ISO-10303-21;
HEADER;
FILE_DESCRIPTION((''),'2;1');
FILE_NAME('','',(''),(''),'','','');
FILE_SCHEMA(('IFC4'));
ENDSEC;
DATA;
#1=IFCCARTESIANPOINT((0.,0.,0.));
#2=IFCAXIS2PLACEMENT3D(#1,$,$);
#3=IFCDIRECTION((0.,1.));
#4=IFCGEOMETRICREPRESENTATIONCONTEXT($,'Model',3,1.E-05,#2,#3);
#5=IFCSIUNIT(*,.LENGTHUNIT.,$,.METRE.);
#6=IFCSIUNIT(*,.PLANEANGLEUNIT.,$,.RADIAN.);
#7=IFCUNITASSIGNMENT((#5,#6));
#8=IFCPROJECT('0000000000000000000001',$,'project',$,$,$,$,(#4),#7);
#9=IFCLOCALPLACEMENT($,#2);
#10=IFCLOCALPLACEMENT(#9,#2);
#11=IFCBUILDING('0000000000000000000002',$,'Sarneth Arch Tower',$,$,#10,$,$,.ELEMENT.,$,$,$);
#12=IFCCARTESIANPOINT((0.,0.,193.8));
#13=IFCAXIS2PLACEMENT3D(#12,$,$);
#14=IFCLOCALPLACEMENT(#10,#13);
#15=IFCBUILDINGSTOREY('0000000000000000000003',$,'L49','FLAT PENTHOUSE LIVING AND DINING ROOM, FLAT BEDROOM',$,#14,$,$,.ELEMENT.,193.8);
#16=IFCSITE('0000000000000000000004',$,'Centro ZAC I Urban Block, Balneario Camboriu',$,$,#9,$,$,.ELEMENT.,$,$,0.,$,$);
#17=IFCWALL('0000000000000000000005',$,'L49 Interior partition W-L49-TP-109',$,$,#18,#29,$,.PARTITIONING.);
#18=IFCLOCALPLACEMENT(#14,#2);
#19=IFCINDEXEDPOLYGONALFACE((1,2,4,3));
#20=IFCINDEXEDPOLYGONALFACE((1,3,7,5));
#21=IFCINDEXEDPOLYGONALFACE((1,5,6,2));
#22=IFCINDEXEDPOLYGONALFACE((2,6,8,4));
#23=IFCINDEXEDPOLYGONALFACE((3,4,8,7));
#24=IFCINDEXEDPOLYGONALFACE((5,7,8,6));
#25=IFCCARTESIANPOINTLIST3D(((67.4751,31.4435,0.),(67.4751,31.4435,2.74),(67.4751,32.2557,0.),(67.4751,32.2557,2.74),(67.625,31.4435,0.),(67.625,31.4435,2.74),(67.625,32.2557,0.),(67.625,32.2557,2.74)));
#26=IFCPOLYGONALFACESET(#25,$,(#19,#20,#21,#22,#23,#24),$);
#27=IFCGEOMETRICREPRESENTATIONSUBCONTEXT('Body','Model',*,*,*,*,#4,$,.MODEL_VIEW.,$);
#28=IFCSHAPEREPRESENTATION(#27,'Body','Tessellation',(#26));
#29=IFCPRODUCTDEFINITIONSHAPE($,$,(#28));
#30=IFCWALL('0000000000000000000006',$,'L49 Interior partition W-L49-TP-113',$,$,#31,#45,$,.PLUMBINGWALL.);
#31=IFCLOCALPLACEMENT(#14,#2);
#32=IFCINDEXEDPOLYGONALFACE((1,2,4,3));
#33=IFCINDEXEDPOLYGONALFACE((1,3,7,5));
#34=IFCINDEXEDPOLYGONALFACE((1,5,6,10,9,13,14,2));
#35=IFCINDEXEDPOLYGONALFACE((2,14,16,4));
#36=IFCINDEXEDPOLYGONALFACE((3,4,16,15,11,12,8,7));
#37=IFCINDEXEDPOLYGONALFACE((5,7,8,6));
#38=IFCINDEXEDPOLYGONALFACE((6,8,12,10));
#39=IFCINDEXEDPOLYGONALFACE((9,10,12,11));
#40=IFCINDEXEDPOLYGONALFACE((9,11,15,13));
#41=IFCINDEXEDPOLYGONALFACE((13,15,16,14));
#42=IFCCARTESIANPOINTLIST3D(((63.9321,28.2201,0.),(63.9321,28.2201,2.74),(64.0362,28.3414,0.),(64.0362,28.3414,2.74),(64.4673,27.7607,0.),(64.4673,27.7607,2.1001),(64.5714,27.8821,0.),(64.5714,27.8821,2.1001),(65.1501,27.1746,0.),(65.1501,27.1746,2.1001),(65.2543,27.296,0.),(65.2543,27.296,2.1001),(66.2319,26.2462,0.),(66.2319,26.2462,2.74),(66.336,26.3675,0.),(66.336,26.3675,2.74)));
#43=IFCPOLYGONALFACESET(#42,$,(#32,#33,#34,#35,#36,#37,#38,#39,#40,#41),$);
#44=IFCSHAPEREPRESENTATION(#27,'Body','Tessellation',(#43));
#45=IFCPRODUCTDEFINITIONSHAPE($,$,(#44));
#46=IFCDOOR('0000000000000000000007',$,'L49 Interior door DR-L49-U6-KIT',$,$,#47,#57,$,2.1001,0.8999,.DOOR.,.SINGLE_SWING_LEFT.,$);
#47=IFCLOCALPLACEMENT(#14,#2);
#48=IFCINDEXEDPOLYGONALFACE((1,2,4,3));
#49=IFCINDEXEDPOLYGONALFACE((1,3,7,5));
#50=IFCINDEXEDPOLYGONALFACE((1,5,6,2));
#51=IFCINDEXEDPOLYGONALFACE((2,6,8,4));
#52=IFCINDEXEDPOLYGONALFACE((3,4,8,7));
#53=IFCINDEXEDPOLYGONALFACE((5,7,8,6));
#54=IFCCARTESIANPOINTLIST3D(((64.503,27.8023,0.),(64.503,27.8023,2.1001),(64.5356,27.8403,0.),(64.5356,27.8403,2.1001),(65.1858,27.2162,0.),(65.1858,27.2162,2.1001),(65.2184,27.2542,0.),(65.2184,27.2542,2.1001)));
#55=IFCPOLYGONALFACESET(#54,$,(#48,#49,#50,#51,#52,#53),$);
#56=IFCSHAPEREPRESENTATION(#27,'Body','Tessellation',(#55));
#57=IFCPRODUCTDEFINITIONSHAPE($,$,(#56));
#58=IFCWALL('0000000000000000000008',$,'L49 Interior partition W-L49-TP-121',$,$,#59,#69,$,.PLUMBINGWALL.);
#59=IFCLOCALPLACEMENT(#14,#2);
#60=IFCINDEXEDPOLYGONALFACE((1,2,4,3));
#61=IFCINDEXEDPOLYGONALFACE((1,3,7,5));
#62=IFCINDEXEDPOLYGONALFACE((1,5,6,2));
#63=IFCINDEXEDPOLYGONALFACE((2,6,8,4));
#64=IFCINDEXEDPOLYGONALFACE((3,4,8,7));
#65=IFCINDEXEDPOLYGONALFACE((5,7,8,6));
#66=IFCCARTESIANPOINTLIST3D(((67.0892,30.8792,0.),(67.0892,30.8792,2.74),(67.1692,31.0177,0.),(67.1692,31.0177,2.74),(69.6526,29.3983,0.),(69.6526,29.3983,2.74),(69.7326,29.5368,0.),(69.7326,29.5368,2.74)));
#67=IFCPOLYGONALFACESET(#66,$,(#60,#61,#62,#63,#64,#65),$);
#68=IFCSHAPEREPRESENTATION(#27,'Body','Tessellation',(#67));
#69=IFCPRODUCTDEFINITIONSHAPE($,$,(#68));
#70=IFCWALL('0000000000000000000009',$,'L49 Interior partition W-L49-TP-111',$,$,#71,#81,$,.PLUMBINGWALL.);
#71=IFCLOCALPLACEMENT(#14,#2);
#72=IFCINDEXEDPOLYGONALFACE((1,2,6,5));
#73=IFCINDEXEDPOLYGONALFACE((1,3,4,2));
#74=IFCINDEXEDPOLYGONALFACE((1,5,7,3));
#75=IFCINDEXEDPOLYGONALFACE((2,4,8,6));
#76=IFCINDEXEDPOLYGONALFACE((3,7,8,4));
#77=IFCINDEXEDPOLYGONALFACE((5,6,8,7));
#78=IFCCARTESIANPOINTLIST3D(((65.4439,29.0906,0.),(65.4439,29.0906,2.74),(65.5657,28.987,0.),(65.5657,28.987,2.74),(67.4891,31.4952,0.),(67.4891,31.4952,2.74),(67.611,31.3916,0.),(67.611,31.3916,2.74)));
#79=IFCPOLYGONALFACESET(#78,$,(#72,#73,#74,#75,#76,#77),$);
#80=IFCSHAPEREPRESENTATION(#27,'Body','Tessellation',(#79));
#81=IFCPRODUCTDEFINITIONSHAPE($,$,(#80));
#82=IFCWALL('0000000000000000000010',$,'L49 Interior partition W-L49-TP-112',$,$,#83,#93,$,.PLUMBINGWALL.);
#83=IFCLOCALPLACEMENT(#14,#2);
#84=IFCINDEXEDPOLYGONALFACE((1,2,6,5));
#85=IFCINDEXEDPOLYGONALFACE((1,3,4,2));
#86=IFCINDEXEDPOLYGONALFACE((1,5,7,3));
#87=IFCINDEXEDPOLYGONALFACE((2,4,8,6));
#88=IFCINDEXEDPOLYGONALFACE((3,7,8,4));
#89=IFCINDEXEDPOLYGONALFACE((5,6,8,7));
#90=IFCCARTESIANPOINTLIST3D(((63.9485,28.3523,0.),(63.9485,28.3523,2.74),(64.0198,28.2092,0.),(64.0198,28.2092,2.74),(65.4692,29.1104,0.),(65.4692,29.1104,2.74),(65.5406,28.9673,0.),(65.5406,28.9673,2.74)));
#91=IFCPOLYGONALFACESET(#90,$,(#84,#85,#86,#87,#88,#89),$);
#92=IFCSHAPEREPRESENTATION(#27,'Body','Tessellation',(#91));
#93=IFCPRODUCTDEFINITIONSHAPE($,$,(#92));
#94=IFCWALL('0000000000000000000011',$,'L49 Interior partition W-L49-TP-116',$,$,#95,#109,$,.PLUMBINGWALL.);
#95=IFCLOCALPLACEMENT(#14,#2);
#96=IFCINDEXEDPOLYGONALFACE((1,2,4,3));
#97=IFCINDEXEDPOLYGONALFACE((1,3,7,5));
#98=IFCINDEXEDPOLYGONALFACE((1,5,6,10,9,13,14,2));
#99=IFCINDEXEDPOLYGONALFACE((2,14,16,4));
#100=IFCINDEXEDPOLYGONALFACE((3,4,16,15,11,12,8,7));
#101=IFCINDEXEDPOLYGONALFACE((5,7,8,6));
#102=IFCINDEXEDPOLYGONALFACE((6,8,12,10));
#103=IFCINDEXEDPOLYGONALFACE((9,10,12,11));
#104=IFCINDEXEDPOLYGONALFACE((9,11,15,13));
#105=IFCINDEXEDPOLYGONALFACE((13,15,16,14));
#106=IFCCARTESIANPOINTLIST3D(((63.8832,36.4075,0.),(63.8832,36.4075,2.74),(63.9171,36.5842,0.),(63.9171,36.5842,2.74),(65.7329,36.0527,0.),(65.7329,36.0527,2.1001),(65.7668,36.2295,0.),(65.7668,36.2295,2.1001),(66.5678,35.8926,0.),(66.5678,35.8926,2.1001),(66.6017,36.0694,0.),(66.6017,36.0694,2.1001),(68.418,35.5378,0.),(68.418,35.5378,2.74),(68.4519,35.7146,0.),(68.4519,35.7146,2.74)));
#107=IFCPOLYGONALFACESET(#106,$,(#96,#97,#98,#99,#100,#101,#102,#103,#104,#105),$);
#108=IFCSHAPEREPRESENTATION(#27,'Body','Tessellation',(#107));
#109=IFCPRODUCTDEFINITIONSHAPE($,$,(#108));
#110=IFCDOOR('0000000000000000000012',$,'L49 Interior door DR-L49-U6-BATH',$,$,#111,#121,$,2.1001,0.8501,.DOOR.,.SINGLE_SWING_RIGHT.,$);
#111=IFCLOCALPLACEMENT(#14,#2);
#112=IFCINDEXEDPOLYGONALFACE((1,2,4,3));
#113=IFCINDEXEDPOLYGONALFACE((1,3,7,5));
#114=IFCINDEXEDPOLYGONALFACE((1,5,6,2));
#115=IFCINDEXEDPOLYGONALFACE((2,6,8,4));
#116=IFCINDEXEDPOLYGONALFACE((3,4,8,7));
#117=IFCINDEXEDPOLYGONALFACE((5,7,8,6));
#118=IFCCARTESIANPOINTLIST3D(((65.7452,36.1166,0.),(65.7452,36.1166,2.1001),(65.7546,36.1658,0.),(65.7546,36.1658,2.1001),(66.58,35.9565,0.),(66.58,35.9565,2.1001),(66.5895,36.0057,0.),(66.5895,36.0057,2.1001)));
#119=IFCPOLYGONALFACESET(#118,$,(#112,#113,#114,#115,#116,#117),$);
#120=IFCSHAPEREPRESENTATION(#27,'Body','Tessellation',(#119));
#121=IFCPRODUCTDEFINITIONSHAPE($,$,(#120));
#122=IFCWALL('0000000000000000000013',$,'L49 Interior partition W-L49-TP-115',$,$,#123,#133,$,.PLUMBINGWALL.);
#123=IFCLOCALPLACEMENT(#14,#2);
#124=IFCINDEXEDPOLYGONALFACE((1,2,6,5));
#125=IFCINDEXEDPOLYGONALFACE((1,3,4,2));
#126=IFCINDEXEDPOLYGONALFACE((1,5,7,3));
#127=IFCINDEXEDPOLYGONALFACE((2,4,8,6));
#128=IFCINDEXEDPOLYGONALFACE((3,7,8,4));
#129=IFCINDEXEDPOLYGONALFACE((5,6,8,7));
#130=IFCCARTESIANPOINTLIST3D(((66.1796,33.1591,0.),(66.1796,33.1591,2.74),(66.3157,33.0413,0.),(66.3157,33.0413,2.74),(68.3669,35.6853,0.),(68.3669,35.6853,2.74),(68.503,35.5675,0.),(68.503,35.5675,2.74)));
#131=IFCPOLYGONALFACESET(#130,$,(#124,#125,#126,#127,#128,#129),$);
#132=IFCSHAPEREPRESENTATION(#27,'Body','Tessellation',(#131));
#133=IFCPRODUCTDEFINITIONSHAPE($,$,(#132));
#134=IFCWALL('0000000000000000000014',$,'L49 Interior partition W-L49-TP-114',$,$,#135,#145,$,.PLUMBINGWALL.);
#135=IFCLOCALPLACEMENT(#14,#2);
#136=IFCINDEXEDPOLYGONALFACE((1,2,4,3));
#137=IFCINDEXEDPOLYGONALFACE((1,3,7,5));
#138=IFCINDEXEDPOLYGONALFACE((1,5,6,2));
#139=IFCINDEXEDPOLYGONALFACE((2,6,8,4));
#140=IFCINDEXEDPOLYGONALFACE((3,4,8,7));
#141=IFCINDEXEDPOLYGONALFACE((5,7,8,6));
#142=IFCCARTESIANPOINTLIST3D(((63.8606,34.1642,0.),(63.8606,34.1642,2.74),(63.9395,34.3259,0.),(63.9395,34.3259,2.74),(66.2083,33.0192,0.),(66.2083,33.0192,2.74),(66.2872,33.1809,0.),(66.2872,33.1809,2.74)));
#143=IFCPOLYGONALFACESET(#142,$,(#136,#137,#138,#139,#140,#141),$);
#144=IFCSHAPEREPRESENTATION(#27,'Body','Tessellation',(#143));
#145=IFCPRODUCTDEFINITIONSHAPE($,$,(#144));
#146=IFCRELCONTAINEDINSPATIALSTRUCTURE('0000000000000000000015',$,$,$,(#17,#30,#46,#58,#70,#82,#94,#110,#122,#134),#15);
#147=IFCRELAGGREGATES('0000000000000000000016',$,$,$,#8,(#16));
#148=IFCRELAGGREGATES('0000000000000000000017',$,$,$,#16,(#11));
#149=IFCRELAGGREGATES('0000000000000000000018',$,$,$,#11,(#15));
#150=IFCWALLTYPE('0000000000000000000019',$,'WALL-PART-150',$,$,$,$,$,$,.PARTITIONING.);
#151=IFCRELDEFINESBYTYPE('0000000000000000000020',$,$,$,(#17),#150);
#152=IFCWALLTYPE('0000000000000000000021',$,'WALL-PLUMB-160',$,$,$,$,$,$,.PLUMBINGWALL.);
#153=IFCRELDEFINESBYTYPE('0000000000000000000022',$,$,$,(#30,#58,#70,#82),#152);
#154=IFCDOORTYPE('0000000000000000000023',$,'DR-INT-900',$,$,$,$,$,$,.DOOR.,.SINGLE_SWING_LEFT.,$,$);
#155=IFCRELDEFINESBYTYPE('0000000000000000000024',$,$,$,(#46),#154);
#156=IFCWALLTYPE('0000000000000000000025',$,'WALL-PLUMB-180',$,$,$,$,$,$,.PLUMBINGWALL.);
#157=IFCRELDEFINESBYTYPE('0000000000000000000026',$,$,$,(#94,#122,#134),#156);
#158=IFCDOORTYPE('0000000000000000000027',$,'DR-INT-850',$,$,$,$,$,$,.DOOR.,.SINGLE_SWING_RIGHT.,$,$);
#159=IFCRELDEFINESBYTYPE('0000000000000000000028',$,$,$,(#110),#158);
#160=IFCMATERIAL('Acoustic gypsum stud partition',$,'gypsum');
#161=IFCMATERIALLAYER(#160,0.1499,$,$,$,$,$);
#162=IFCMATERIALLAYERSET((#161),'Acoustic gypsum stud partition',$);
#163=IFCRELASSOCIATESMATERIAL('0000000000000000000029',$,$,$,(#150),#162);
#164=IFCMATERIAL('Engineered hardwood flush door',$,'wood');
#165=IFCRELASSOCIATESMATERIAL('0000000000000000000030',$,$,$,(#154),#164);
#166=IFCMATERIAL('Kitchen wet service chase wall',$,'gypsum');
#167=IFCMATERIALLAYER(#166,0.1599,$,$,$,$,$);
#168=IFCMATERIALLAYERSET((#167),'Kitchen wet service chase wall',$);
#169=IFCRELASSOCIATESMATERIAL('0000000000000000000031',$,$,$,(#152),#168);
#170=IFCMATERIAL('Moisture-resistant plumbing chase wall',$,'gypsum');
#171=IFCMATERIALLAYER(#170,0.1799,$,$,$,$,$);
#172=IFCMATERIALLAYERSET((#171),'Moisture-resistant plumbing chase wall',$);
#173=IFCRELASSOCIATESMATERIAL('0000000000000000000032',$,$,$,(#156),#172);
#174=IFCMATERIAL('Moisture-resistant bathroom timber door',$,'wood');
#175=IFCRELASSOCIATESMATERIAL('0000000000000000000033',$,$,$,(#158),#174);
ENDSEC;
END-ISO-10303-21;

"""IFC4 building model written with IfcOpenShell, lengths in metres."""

from ifc_helpers import new_model, si_unit, direction, frame, frame_2d, origin, place, context, subcontext, project, spatial, rectangle, extrude, material, layer, layer_set, type_object, element, fill, save


model = new_model("IFC4")

# Units and contexts
model_context = context("Model", 3, precision=1e-05, world=origin(), true_north=direction((0.0, 1.0)))
body_context = subcontext(model_context, "Body", "Model", "MODEL_VIEW")
ifc_project = project(units=[si_unit("LENGTHUNIT", "METRE"), si_unit("PLANEANGLEUNIT", "RADIAN")], contexts=[model_context])

# Site, building, storey
site_placement = place(None, origin())
site = spatial("IfcSite", under=ifc_project, at=site_placement, Name="Centro ZAC I Urban Block, Balneario Camboriu", CompositionType="ELEMENT", RefElevation=0.0)
building_placement = place(site_placement, origin())
building = spatial("IfcBuilding", under=site, at=building_placement, Name="Sarneth Arch Tower", CompositionType="ELEMENT")
storey_placement = place(building_placement, frame((0.0, 0.0, 193.8)))
storey = spatial("IfcBuildingStorey", under=building, at=storey_placement, Name="L49", Description="FLAT PENTHOUSE LIVING AND DINING ROOM, FLAT BEDROOM", CompositionType="ELEMENT", Elevation=193.8)

# Shared definitions
ifc_material_1 = material(Name="Acoustic gypsum stud partition", Category="gypsum")
ifc_layer_1 = layer(ifc_material_1, 0.1499)
ifc_layer_set_1 = layer_set([ifc_layer_1], Name="Acoustic gypsum stud partition")
wall_type_1 = type_object("IfcWallType", Name="WALL-PART-150", PredefinedType="PARTITIONING", material=ifc_layer_set_1)
ifc_material_2 = material(Name="Engineered hardwood flush door", Category="wood")
door_type_1 = type_object("IfcDoorType", Name="DR-INT-900", OperationType="SINGLE_SWING_LEFT", PredefinedType="DOOR", material=ifc_material_2)

# Wall
wall_1_placement = place(storey_placement, frame((67.55, 31.4434, 0.0), z_axis=(0.0, 0.0, 1.0), x_axis=(0.0, 1.0, 0.0)))
element("IfcWall", 1, at=wall_1_placement, inside=storey, type_object=wall_type_1, Name="L49 Interior partition W-L49-TP-109", PredefinedType="PARTITIONING", context=body_context, shape_type="SweptSolid", body=[
    extrude(rectangle(XDim=0.8123, YDim=0.1499, at=frame_2d((0.4062, 0.0))), origin(), (0.0, 0.0, 1.0), 2.74),
])

# Wall, opening, door
ifc_material_3 = material(Name="Kitchen wet service chase wall", Category="gypsum")
ifc_layer_2 = layer(ifc_material_3, 0.1599)
ifc_layer_set_2 = layer_set([ifc_layer_2], Name="Kitchen wet service chase wall")
wall_type_2 = type_object("IfcWallType", Name="WALL-PLUMB-160", PredefinedType="PLUMBINGWALL", material=ifc_layer_set_2)
wall_2_placement = place(storey_placement, frame((63.9841, 28.2808, 0.0), z_axis=(0.0, 0.0, 1.0), x_axis=(0.75883, -0.651289, 0.0)))
wall_2 = element("IfcWall", 2, at=wall_2_placement, inside=storey, type_object=wall_type_2, Name="L49 Interior partition W-L49-TP-113", PredefinedType="PLUMBINGWALL", context=body_context, shape_type="SweptSolid", body=[
    extrude(rectangle(XDim=3.0308, YDim=0.1599, at=frame_2d((1.5154, 0.0))), origin(), (0.0, 0.0, 1.0), 2.74),
])
opening_1_placement = place(wall_2_placement, frame((0.7053, 0.0, 0.0)))
opening_1 = element("IfcOpeningElement", 3, at=opening_1_placement, cuts=wall_2, PredefinedType="OPENING", context=body_context, shape_type="SweptSolid", body=[
    extrude(rectangle(XDim=0.8999, YDim=2.1001, at=frame_2d((0.45, 1.05))), frame((0.0, 0.0898, 0.0), z_axis=(0.0, -1.0, 0.0), x_axis=(1.0, 0.0, 0.0)), (0.0, 0.0, 1.0), 0.1799),
])
door_1_placement = place(opening_1_placement, origin())
door_1 = element("IfcDoor", 4, at=door_1_placement, inside=storey, type_object=door_type_1, Name="L49 Interior door DR-L49-U6-KIT", OperationType="SINGLE_SWING_LEFT", OverallHeight=2.1001, OverallWidth=0.8999, PredefinedType="DOOR", context=body_context, shape_type="SweptSolid", body=[
    extrude(rectangle(XDim=0.8999, YDim=2.1001, at=frame_2d((0.45, 1.05))), frame((0.0, 0.0249, 0.0), z_axis=(0.0, -1.0, 0.0), x_axis=(1.0, 0.0, 0.0)), (0.0, 0.0, 1.0), 0.05),
])
fill(opening_1, door_1)

# Walls
wall_3_placement = place(storey_placement, frame((69.6926, 29.4675, 0.0), z_axis=(0.0, 0.0, 1.0), x_axis=(-0.865889, 0.500236, 0.0)))
element("IfcWall", 5, at=wall_3_placement, inside=storey, type_object=wall_type_2, Name="L49 Interior partition W-L49-TP-121", PredefinedType="PLUMBINGWALL", context=body_context, shape_type="SweptSolid", body=[
    extrude(rectangle(XDim=2.9604, YDim=0.1599, at=frame_2d((1.4802, 0.0))), origin(), (0.0, 0.0, 1.0), 2.74),
])
wall_4_placement = place(storey_placement, frame((67.55, 31.4434, 0.0), z_axis=(0.0, 0.0, 1.0), x_axis=(-0.647889, -0.761735, 0.0)))
element("IfcWall", 6, at=wall_4_placement, inside=storey, type_object=wall_type_2, Name="L49 Interior partition W-L49-TP-111", PredefinedType="PLUMBINGWALL", context=body_context, shape_type="SweptSolid", body=[
    extrude(rectangle(XDim=3.1567, YDim=0.1599, at=frame_2d((1.5784, 0.0))), origin(), (0.0, 0.0, 1.0), 2.74),
])
wall_5_placement = place(storey_placement, frame((65.5049, 29.0388, 0.0), z_axis=(0.0, 0.0, 1.0), x_axis=(-0.894973, -0.446121, 0.0)))
element("IfcWall", 7, at=wall_5_placement, inside=storey, type_object=wall_type_2, Name="L49 Interior partition W-L49-TP-112", PredefinedType="PLUMBINGWALL", context=body_context, shape_type="SweptSolid", body=[
    extrude(rectangle(XDim=1.6992, YDim=0.1599, at=frame_2d((0.8496, 0.0))), origin(), (0.0, 0.0, 1.0), 2.74),
])

# Wall, opening, door
ifc_material_4 = material(Name="Moisture-resistant plumbing chase wall", Category="gypsum")
ifc_layer_3 = layer(ifc_material_4, 0.1799)
ifc_layer_set_3 = layer_set([ifc_layer_3], Name="Moisture-resistant plumbing chase wall")
wall_type_3 = type_object("IfcWallType", Name="WALL-PLUMB-180", PredefinedType="PLUMBINGWALL", material=ifc_layer_set_3)
wall_6_placement = place(storey_placement, frame((68.4348, 35.6262, 0.0), z_axis=(0.0, 0.0, 1.0), x_axis=(-0.982105, 0.188332, 0.0)))
wall_6 = element("IfcWall", 8, at=wall_6_placement, inside=storey, type_object=wall_type_3, Name="L49 Interior partition W-L49-TP-116", PredefinedType="PLUMBINGWALL", context=body_context, shape_type="SweptSolid", body=[
    extrude(rectangle(XDim=4.6174, YDim=0.1799, at=frame_2d((2.3086, 0.0))), origin(), (0.0, 0.0, 1.0), 2.74),
])
opening_2_placement = place(wall_6_placement, frame((1.8838, 0.0, 0.0)))
opening_2 = element("IfcOpeningElement", 9, at=opening_2_placement, cuts=wall_6, PredefinedType="OPENING", context=body_context, shape_type="SweptSolid", body=[
    extrude(rectangle(XDim=0.8501, YDim=2.1001, at=frame_2d((0.425, 1.05))), frame((0.0, 0.0999, 0.0), z_axis=(0.0, -1.0, 0.0), x_axis=(1.0, 0.0, 0.0)), (0.0, 0.0, 1.0), 0.2),
])
ifc_material_5 = material(Name="Moisture-resistant bathroom timber door", Category="wood")
door_type_2 = type_object("IfcDoorType", Name="DR-INT-850", OperationType="SINGLE_SWING_RIGHT", PredefinedType="DOOR", material=ifc_material_5)
door_2_placement = place(opening_2_placement, origin())
door_2 = element("IfcDoor", 10, at=door_2_placement, inside=storey, type_object=door_type_2, Name="L49 Interior door DR-L49-U6-BATH", OperationType="SINGLE_SWING_RIGHT", OverallHeight=2.1001, OverallWidth=0.8501, PredefinedType="DOOR", context=body_context, shape_type="SweptSolid", body=[
    extrude(rectangle(XDim=0.8501, YDim=2.1001, at=frame_2d((0.425, 1.05))), frame((0.0, 0.0249, 0.0), z_axis=(0.0, -1.0, 0.0), x_axis=(1.0, 0.0, 0.0)), (0.0, 0.0, 1.0), 0.05),
])
fill(opening_2, door_2)

# Walls
wall_7_placement = place(storey_placement, frame((66.2476, 33.1001, 0.0), z_axis=(0.0, 0.0, 1.0), x_axis=(0.65458, 0.755993, 0.0)))
element("IfcWall", 11, at=wall_7_placement, inside=storey, type_object=wall_type_3, Name="L49 Interior partition W-L49-TP-115", PredefinedType="PLUMBINGWALL", context=body_context, shape_type="SweptSolid", body=[
    extrude(rectangle(XDim=3.3416, YDim=0.1799, at=frame_2d((1.6709, 0.0))), origin(), (0.0, 0.0, 1.0), 2.74),
])
wall_8_placement = place(storey_placement, frame((63.8999, 34.2451, 0.0), z_axis=(0.0, 0.0, 1.0), x_axis=(0.898795, -0.438368, 0.0)))
element("IfcWall", 12, at=wall_8_placement, inside=storey, type_object=wall_type_3, Name="L49 Interior partition W-L49-TP-114", PredefinedType="PLUMBINGWALL", context=body_context, shape_type="SweptSolid", body=[
    extrude(rectangle(XDim=2.6121, YDim=0.1799, at=frame_2d((1.3062, 0.0))), origin(), (0.0, 0.0, 1.0), 2.74),
])

save(model, "model.ifc")
